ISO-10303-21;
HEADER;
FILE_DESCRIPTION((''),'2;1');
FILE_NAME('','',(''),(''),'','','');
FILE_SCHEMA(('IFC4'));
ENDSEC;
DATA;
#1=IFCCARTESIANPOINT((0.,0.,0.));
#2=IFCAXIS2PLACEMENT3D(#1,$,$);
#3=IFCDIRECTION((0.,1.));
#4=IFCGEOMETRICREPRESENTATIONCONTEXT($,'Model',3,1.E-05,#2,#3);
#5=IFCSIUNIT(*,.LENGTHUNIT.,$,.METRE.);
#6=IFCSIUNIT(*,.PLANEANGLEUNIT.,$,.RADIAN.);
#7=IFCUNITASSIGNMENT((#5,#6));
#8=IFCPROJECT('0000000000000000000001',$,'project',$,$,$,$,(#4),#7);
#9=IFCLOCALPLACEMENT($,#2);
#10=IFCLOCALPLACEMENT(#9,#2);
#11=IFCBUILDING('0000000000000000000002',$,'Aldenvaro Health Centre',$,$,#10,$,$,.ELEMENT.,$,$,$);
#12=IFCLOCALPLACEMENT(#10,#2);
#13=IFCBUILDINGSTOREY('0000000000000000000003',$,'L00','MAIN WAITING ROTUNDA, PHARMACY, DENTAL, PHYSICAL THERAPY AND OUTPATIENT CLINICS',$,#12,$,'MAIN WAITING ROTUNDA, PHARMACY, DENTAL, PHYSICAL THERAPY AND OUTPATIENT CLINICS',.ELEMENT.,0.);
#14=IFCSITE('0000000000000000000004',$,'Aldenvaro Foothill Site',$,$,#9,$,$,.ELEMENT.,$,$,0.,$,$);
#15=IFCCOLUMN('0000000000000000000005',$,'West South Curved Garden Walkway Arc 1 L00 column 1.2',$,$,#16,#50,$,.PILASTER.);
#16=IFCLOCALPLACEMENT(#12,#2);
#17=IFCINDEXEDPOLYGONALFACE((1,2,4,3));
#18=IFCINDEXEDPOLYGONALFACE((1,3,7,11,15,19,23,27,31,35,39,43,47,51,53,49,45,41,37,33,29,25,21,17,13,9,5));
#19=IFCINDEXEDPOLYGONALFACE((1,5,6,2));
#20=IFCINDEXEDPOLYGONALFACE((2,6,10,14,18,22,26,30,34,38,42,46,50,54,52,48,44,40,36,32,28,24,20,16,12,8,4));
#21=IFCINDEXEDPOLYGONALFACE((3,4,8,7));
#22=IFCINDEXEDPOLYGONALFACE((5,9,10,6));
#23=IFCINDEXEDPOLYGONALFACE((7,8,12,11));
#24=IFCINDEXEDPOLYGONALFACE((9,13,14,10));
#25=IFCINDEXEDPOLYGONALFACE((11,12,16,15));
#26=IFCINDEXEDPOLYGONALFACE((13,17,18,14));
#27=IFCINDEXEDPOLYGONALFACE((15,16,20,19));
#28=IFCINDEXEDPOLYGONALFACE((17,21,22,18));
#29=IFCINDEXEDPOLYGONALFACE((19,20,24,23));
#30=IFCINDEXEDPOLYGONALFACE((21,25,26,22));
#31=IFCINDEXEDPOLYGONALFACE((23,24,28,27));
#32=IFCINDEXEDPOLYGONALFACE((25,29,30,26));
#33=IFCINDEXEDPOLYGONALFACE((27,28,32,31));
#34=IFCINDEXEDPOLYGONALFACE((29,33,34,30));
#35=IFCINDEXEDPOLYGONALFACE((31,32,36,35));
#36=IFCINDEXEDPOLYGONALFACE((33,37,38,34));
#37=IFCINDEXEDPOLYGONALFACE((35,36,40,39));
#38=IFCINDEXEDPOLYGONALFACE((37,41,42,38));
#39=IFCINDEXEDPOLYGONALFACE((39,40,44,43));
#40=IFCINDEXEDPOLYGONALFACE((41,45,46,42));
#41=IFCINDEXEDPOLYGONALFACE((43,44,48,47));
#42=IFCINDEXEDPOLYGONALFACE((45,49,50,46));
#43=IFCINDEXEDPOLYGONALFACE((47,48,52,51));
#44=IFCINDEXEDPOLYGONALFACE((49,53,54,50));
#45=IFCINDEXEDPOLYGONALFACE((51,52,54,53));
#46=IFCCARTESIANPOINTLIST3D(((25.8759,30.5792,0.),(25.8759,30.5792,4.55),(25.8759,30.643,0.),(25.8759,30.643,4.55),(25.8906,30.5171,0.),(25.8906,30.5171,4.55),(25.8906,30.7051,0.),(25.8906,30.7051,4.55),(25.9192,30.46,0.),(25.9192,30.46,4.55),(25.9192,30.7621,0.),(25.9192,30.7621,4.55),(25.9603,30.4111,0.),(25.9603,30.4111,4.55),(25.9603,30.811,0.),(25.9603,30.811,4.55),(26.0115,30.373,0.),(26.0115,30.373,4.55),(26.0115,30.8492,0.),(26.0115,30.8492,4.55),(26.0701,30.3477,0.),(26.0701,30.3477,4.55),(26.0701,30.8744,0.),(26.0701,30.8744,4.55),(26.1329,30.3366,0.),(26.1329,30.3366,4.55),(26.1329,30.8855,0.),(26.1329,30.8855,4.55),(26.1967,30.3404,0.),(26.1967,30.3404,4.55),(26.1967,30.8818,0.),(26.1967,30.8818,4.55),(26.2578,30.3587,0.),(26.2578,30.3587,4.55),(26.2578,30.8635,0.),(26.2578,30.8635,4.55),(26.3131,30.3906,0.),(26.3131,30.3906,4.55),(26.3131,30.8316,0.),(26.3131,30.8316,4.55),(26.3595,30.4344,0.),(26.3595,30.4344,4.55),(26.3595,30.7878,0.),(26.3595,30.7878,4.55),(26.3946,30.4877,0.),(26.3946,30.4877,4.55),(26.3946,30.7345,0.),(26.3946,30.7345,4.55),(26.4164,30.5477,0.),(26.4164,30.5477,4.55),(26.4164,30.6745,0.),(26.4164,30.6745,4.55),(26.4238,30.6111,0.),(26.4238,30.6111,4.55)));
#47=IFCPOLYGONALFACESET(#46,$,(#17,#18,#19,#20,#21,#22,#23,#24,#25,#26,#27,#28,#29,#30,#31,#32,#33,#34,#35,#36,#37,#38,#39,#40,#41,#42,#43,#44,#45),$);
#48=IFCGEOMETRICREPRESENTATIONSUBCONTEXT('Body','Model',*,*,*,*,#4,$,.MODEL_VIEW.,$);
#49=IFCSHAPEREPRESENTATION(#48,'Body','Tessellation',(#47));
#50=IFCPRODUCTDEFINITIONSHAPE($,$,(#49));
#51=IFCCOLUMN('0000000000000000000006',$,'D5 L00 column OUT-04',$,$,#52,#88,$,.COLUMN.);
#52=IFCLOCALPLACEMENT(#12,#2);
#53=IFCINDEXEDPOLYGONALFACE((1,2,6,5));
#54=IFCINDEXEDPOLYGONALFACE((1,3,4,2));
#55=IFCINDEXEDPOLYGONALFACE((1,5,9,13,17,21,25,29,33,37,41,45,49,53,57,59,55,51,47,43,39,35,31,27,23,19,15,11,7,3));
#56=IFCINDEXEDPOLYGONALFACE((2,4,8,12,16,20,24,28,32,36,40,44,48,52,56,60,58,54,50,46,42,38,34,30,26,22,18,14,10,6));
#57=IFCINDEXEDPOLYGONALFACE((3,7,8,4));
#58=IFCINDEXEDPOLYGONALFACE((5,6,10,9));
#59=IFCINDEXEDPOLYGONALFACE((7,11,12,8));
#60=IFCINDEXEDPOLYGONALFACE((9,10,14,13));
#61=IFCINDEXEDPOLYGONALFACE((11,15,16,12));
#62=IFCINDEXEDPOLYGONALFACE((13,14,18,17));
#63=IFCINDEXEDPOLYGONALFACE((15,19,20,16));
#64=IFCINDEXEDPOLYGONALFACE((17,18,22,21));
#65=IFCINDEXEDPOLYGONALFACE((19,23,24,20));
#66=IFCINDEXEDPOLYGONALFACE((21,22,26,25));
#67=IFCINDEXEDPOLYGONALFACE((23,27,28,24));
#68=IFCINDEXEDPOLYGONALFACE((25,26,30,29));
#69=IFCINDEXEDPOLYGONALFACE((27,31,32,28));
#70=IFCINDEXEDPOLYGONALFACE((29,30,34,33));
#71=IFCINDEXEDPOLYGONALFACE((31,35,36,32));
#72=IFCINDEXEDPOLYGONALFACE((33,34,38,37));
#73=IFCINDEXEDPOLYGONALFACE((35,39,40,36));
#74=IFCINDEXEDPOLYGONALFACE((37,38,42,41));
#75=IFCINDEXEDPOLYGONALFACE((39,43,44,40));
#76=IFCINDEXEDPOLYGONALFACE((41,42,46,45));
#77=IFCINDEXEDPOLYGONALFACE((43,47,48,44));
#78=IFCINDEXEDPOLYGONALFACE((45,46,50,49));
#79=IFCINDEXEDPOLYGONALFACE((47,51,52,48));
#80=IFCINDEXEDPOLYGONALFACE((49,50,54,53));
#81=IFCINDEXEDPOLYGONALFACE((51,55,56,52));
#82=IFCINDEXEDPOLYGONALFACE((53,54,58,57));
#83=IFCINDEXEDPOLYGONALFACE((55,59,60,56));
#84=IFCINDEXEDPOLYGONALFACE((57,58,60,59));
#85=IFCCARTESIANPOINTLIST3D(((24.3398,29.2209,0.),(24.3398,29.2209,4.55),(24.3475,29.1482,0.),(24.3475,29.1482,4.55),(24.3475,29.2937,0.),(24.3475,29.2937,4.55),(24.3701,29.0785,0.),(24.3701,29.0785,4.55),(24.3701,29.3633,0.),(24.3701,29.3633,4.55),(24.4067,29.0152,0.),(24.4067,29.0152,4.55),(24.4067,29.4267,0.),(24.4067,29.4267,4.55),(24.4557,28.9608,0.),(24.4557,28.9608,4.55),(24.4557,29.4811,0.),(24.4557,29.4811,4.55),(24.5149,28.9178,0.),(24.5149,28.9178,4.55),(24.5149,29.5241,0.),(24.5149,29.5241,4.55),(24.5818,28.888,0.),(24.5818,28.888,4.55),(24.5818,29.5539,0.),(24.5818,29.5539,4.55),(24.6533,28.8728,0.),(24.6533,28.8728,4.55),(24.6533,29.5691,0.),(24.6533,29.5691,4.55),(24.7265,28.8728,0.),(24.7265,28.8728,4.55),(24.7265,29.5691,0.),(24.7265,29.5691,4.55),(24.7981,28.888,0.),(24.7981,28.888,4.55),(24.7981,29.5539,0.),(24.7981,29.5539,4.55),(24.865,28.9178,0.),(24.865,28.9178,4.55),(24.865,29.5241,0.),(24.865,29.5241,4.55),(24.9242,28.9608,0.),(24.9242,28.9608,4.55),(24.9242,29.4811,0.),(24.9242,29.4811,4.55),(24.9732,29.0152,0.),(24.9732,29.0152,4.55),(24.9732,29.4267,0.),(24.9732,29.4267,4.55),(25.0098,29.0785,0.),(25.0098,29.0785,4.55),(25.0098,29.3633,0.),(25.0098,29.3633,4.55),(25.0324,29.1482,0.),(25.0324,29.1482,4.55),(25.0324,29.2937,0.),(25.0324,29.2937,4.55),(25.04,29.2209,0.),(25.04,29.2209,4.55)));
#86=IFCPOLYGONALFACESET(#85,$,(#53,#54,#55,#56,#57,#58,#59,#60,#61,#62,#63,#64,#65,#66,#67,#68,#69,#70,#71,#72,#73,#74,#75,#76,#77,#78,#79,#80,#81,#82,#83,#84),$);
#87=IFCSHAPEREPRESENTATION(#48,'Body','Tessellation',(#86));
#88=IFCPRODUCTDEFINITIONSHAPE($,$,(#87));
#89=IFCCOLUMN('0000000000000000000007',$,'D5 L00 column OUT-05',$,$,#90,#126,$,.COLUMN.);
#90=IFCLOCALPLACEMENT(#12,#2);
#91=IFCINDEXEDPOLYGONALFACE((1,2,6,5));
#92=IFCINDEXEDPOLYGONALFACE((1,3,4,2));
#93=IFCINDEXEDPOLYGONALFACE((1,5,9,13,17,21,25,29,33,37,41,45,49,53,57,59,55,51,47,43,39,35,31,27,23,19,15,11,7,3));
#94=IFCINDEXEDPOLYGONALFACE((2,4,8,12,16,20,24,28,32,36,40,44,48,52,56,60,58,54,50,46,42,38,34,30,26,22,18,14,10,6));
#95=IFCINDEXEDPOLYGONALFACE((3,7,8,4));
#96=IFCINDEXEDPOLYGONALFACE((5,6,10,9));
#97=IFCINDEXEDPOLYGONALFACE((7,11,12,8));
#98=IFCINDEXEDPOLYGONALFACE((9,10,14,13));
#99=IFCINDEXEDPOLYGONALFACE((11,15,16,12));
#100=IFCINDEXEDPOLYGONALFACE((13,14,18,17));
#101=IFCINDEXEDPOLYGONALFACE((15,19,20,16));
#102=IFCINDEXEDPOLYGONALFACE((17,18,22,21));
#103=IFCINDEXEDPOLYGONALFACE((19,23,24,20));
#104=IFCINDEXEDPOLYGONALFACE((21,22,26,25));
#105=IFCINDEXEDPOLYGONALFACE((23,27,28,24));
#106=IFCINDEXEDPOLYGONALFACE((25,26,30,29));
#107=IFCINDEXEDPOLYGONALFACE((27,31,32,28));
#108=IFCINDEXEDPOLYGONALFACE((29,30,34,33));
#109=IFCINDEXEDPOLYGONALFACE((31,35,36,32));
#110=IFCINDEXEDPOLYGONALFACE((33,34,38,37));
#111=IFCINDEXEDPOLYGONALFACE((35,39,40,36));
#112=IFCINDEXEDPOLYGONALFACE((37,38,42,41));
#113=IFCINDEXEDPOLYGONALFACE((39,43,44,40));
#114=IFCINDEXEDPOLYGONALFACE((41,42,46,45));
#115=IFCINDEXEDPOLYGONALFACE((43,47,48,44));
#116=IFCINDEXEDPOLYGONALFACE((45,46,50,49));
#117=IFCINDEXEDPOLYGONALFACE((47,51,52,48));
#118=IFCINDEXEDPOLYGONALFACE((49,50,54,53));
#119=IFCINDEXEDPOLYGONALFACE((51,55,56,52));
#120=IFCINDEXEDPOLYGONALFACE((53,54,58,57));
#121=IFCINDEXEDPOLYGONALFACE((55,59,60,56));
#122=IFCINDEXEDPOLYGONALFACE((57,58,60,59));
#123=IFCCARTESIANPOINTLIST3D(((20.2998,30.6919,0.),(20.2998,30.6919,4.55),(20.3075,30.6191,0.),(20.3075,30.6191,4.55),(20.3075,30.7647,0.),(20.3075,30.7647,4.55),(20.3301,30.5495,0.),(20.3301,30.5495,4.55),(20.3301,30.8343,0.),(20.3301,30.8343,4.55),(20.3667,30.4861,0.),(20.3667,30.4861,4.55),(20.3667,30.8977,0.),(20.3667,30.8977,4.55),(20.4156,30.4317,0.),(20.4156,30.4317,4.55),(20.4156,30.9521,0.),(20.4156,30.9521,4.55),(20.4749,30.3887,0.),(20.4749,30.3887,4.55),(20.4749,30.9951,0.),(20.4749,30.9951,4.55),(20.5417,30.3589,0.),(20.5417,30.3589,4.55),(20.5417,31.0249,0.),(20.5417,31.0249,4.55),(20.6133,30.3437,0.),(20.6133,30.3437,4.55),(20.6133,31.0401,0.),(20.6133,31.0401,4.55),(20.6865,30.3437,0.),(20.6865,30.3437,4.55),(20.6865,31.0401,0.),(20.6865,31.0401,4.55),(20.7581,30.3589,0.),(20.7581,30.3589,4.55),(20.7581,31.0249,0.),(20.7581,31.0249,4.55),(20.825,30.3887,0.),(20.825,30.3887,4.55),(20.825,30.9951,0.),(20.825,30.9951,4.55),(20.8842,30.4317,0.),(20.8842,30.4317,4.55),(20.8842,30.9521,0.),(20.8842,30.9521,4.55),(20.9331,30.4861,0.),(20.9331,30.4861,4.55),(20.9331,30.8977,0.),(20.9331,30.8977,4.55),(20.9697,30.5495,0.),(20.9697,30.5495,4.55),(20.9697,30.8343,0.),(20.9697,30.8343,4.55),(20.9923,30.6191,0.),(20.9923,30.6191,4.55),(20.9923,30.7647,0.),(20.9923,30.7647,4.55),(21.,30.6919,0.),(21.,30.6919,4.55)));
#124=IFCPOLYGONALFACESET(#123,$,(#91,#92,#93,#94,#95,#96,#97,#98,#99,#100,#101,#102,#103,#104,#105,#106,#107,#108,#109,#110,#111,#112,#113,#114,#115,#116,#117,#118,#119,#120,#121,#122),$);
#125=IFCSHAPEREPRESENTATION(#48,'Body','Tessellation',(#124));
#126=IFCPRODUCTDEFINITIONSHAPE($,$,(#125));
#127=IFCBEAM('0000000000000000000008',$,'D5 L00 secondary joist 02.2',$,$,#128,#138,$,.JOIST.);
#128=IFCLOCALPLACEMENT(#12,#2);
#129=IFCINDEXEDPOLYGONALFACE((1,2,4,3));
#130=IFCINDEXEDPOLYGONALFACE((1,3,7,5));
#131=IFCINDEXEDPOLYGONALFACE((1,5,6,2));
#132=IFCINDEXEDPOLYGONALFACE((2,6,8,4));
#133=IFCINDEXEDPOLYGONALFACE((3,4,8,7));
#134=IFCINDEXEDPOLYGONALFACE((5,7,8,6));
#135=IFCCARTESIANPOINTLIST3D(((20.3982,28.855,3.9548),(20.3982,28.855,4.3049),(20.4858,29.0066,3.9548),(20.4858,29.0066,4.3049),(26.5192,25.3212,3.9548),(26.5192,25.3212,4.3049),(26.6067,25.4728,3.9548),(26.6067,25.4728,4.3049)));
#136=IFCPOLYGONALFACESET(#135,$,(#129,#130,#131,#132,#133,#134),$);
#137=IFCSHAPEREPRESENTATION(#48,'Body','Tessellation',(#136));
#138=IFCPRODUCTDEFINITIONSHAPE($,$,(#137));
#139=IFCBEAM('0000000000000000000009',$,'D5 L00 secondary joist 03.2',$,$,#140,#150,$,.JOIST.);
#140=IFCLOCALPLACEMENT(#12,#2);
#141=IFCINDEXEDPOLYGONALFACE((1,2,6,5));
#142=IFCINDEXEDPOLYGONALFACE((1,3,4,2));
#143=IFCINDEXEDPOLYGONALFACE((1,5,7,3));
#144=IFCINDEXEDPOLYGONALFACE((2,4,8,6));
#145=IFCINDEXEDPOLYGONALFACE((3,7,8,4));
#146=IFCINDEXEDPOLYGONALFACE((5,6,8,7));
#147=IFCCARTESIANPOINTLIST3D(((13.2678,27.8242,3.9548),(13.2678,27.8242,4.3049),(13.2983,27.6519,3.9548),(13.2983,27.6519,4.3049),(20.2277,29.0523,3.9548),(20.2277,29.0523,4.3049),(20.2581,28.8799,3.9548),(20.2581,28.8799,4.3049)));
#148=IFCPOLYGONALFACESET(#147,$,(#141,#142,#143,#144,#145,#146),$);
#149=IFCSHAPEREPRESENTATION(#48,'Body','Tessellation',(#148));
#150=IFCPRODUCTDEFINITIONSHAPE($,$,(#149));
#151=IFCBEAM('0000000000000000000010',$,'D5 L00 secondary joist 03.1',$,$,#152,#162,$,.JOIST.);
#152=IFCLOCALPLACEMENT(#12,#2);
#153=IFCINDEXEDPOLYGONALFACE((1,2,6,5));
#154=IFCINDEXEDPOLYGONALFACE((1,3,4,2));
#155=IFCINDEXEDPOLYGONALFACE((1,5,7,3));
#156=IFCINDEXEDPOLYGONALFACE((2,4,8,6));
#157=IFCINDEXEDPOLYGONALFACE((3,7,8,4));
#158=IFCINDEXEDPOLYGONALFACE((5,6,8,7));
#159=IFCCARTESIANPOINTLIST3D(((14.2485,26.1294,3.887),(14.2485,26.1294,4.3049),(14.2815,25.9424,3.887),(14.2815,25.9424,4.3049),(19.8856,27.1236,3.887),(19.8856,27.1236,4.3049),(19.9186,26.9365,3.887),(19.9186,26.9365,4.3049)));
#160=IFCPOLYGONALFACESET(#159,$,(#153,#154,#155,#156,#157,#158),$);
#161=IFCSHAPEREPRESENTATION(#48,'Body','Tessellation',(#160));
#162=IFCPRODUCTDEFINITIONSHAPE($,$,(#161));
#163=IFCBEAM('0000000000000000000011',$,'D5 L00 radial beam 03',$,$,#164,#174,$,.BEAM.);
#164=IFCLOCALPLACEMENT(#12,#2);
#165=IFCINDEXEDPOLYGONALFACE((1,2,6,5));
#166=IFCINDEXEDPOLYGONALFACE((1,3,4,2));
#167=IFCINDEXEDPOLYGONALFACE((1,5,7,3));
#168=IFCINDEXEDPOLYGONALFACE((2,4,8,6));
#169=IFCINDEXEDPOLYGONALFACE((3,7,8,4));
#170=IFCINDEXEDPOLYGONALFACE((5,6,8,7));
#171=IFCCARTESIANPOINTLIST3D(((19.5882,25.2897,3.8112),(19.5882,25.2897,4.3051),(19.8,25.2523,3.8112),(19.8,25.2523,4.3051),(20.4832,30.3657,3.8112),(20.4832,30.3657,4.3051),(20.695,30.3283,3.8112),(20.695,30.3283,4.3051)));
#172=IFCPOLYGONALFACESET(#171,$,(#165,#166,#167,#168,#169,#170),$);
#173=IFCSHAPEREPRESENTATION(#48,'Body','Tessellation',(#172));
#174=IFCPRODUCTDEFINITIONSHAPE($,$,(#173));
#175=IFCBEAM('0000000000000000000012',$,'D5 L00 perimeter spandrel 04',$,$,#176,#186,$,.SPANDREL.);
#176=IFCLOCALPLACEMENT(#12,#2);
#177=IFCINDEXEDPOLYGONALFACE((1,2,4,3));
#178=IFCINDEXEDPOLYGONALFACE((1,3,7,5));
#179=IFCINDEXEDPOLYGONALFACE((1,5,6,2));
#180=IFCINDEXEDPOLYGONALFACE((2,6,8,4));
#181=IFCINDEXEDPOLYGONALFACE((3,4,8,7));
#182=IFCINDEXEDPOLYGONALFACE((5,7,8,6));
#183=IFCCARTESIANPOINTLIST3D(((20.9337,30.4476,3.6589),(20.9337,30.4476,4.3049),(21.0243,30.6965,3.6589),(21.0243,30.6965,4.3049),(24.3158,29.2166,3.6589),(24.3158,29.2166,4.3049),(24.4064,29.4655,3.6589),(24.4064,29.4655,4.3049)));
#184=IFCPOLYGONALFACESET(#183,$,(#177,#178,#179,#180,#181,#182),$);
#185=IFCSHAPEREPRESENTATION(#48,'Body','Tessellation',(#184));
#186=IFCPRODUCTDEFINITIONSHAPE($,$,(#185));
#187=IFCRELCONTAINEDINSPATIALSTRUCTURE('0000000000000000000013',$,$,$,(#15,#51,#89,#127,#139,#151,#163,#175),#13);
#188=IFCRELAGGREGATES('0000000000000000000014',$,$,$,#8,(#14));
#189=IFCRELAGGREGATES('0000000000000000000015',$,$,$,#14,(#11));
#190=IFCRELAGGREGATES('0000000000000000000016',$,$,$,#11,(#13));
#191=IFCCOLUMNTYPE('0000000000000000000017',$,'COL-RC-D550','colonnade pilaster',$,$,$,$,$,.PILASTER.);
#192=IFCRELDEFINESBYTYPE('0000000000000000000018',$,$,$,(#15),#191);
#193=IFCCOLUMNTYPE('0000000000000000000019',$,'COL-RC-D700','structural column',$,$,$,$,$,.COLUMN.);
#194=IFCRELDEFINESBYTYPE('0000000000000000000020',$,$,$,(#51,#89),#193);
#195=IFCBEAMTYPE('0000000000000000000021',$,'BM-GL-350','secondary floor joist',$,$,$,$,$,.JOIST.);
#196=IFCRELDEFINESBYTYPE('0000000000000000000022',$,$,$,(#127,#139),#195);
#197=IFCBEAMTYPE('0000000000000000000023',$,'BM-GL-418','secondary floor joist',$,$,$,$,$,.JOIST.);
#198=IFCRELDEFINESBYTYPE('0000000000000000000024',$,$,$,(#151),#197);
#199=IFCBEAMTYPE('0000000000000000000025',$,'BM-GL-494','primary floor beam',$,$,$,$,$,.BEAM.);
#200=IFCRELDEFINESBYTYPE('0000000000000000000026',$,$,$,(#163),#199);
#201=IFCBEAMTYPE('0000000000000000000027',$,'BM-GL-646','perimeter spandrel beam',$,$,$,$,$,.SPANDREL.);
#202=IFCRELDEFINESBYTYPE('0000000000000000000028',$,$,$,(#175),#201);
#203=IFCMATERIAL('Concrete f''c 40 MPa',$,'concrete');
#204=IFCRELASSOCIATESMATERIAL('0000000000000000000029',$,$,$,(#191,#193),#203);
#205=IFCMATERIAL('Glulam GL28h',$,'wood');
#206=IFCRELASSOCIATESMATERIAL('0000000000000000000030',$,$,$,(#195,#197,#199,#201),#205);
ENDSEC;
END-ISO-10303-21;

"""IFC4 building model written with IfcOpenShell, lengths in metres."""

from ifc_helpers import new_model, si_unit, direction, frame, origin, origin_2d, place, context, subcontext, project, spatial, rectangle, circle, extrude, material, material_profile, profile_set, type_object, element, save


model = new_model("IFC4")

# Units and contexts
model_context = context("Model", 3, precision=1e-05, world=origin(), true_north=direction((0.0, 1.0)))
body_context = subcontext(model_context, "Body", "Model", "MODEL_VIEW")
ifc_project = project(units=[si_unit("LENGTHUNIT", "METRE"), si_unit("PLANEANGLEUNIT", "RADIAN")], contexts=[model_context])

# Site, building, storey
site_placement = place(None, origin())
site = spatial("IfcSite", under=ifc_project, at=site_placement, Name="Aldenvaro Foothill Site", CompositionType="ELEMENT", RefElevation=0.0)
building_placement = place(site_placement, origin())
building = spatial("IfcBuilding", under=site, at=building_placement, Name="Aldenvaro Health Centre", CompositionType="ELEMENT")
storey_placement = place(building_placement, origin())
storey = spatial("IfcBuildingStorey", under=building, at=storey_placement, Name="L00", Description="MAIN WAITING ROTUNDA, PHARMACY, DENTAL, PHYSICAL THERAPY AND OUTPATIENT CLINICS", LongName="MAIN WAITING ROTUNDA, PHARMACY, DENTAL, PHYSICAL THERAPY AND OUTPATIENT CLINICS", CompositionType="ELEMENT", Elevation=0.0)

# Columns
ifc_material_1 = material(Name="Concrete f'c 40 MPa", Category="concrete")
ifc_material_profile_1 = material_profile(ifc_material_1, circle(Radius=0.2749, at=origin_2d()), Name="RC D550", Category="concrete")
ifc_profile_set_1 = profile_set([ifc_material_profile_1], Name="Concrete f'c 40 MPa")
column_type_1 = type_object("IfcColumnType", Name="COL-RC-D550", Description="colonnade pilaster", PredefinedType="PILASTER", material=ifc_profile_set_1)
column_placement = place(storey_placement, frame((26.1489, 30.6111, 0.0), z_axis=(0.0, 0.0, 1.0), x_axis=(1.0, 0.0, 0.0)))
element("IfcColumn", 1, at=column_placement, inside=storey, type_object=column_type_1, Name="West South Curved Garden Walkway Arc 1 L00 column 1.2", PredefinedType="PILASTER", context=body_context, shape_type="SweptSolid", body=[
    extrude(circle(Radius=0.2749, at=origin_2d()), origin(), (0.0, 0.0, 1.0), 4.55),
])
ifc_material_profile_2 = material_profile(ifc_material_1, circle(Radius=0.3501, at=origin_2d()), Name="RC D700", Category="concrete")
ifc_profile_set_2 = profile_set([ifc_material_profile_2], Name="Concrete f'c 40 MPa")
column_type_2 = type_object("IfcColumnType", Name="COL-RC-D700", Description="structural column", PredefinedType="COLUMN", material=ifc_profile_set_2)
for number, where, z_axis, x_axis, name in (
    (2, (24.6899, 29.2209, 0.0), (0.0, 0.0, 1.0), (1.0, 0.0, 0.0), "D5 L00 column OUT-04"),
    (3, (20.6499, 30.6919, 0.0), (0.0, 0.0, 1.0), (1.0, 0.0, 0.0), "D5 L00 column OUT-05"),
):
    element("IfcColumn", number, at=place(storey_placement, frame(where, z_axis=z_axis, x_axis=x_axis)), inside=storey, type_object=column_type_2, Name=name, PredefinedType="COLUMN", context=body_context, shape_type="SweptSolid", body=[
        extrude(circle(Radius=0.3501, at=origin_2d()), origin(), (0.0, 0.0, 1.0), 4.55),
    ])

# Beams
ifc_material_2 = material(Name="Glulam GL28h", Category="wood")
ifc_material_profile_3 = material_profile(ifc_material_2, rectangle(XDim=0.175, YDim=0.3501, at=origin_2d()), Name="GL 175x350", Category="wood")
ifc_profile_set_3 = profile_set([ifc_material_profile_3], Name="Glulam GL28h")
beam_type_1 = type_object("IfcBeamType", Name="BM-GL-350", Description="secondary floor joist", PredefinedType="JOIST", material=ifc_profile_set_3)
beam_1_placement = place(storey_placement, frame((26.563, 25.397, 4.1299), z_axis=(-0.86603, 0.499992, 0.0), x_axis=(-0.499992, -0.86603, 0.0)))
element("IfcBeam", 4, at=beam_1_placement, inside=storey, type_object=beam_type_1, Name="D5 L00 secondary joist 02.2", PredefinedType="JOIST", context=body_context, shape_type="SweptSolid", body=[
    extrude(rectangle(XDim=0.175, YDim=0.3501, at=origin_2d()), origin(), (0.0, 0.0, 1.0), 7.0679),
])
beam_2_placement = place(storey_placement, frame((20.2429, 28.9661, 4.1299), z_axis=(-0.984788, -0.173758, 0.0), x_axis=(0.173758, -0.984788, 0.0)))
element("IfcBeam", 5, at=beam_2_placement, inside=storey, type_object=beam_type_1, Name="D5 L00 secondary joist 03.2", PredefinedType="JOIST", context=body_context, shape_type="SweptSolid", body=[
    extrude(rectangle(XDim=0.175, YDim=0.3501, at=origin_2d()), origin(), (0.0, 0.0, 1.0), 7.0674),
])
ifc_material_profile_4 = material_profile(ifc_material_2, rectangle(XDim=0.1899, YDim=0.418, at=origin_2d()), Name="GL 190x418", Category="wood")
ifc_profile_set_4 = profile_set([ifc_material_profile_4], Name="Glulam GL28h")
beam_type_2 = type_object("IfcBeamType", Name="BM-GL-418", Description="secondary floor joist", PredefinedType="JOIST", material=ifc_profile_set_4)
beam_3_placement = place(storey_placement, frame((19.9021, 27.03, 4.0959), z_axis=(-0.984803, -0.173673, 0.0), x_axis=(0.173673, -0.984803, 0.0)))
element("IfcBeam", 6, at=beam_3_placement, inside=storey, type_object=beam_type_2, Name="D5 L00 secondary joist 03.1", PredefinedType="JOIST", context=body_context, shape_type="SweptSolid", body=[
    extrude(rectangle(XDim=0.1899, YDim=0.418, at=origin_2d()), origin(), (0.0, 0.0, 1.0), 5.7241),
])
ifc_material_profile_5 = material_profile(ifc_material_2, rectangle(XDim=0.2151, YDim=0.4939, at=origin_2d()), Name="GL 215x494", Category="wood")
ifc_profile_set_5 = profile_set([ifc_material_profile_5], Name="Glulam GL28h")
beam_type_3 = type_object("IfcBeamType", Name="BM-GL-494", Description="primary floor beam", PredefinedType="BEAM", material=ifc_profile_set_5)
beam_4_placement = place(storey_placement, frame((19.6941, 25.271, 4.0581), z_axis=(0.173648, 0.984808, 0.0), x_axis=(-0.984808, 0.173648, 0.0)))
element("IfcBeam", 7, at=beam_4_placement, inside=storey, type_object=beam_type_3, Name="D5 L00 radial beam 03", PredefinedType="BEAM", context=body_context, shape_type="SweptSolid", body=[
    extrude(rectangle(XDim=0.2151, YDim=0.4939, at=origin_2d()), origin(), (0.0, 0.0, 1.0), 5.1543),
])
ifc_material_profile_6 = material_profile(ifc_material_2, rectangle(XDim=0.2649, YDim=0.646, at=origin_2d()), Name="GL 265x646", Category="wood")
ifc_profile_set_6 = profile_set([ifc_material_profile_6], Name="Glulam GL28h")
beam_type_4 = type_object("IfcBeamType", Name="BM-GL-646", Description="perimeter spandrel beam", PredefinedType="SPANDREL", material=ifc_profile_set_6)
beam_5_placement = place(storey_placement, frame((24.3611, 29.3411, 3.9819), z_axis=(-0.939694, 0.342015, 0.0), x_axis=(-0.342015, -0.939694, 0.0)))
element("IfcBeam", 8, at=beam_5_placement, inside=storey, type_object=beam_type_4, Name="D5 L00 perimeter spandrel 04", PredefinedType="SPANDREL", context=body_context, shape_type="SweptSolid", body=[
    extrude(rectangle(XDim=0.2649, YDim=0.646, at=origin_2d()), origin(), (0.0, 0.0, 1.0), 3.5991),
])

save(model, "model.ifc")
